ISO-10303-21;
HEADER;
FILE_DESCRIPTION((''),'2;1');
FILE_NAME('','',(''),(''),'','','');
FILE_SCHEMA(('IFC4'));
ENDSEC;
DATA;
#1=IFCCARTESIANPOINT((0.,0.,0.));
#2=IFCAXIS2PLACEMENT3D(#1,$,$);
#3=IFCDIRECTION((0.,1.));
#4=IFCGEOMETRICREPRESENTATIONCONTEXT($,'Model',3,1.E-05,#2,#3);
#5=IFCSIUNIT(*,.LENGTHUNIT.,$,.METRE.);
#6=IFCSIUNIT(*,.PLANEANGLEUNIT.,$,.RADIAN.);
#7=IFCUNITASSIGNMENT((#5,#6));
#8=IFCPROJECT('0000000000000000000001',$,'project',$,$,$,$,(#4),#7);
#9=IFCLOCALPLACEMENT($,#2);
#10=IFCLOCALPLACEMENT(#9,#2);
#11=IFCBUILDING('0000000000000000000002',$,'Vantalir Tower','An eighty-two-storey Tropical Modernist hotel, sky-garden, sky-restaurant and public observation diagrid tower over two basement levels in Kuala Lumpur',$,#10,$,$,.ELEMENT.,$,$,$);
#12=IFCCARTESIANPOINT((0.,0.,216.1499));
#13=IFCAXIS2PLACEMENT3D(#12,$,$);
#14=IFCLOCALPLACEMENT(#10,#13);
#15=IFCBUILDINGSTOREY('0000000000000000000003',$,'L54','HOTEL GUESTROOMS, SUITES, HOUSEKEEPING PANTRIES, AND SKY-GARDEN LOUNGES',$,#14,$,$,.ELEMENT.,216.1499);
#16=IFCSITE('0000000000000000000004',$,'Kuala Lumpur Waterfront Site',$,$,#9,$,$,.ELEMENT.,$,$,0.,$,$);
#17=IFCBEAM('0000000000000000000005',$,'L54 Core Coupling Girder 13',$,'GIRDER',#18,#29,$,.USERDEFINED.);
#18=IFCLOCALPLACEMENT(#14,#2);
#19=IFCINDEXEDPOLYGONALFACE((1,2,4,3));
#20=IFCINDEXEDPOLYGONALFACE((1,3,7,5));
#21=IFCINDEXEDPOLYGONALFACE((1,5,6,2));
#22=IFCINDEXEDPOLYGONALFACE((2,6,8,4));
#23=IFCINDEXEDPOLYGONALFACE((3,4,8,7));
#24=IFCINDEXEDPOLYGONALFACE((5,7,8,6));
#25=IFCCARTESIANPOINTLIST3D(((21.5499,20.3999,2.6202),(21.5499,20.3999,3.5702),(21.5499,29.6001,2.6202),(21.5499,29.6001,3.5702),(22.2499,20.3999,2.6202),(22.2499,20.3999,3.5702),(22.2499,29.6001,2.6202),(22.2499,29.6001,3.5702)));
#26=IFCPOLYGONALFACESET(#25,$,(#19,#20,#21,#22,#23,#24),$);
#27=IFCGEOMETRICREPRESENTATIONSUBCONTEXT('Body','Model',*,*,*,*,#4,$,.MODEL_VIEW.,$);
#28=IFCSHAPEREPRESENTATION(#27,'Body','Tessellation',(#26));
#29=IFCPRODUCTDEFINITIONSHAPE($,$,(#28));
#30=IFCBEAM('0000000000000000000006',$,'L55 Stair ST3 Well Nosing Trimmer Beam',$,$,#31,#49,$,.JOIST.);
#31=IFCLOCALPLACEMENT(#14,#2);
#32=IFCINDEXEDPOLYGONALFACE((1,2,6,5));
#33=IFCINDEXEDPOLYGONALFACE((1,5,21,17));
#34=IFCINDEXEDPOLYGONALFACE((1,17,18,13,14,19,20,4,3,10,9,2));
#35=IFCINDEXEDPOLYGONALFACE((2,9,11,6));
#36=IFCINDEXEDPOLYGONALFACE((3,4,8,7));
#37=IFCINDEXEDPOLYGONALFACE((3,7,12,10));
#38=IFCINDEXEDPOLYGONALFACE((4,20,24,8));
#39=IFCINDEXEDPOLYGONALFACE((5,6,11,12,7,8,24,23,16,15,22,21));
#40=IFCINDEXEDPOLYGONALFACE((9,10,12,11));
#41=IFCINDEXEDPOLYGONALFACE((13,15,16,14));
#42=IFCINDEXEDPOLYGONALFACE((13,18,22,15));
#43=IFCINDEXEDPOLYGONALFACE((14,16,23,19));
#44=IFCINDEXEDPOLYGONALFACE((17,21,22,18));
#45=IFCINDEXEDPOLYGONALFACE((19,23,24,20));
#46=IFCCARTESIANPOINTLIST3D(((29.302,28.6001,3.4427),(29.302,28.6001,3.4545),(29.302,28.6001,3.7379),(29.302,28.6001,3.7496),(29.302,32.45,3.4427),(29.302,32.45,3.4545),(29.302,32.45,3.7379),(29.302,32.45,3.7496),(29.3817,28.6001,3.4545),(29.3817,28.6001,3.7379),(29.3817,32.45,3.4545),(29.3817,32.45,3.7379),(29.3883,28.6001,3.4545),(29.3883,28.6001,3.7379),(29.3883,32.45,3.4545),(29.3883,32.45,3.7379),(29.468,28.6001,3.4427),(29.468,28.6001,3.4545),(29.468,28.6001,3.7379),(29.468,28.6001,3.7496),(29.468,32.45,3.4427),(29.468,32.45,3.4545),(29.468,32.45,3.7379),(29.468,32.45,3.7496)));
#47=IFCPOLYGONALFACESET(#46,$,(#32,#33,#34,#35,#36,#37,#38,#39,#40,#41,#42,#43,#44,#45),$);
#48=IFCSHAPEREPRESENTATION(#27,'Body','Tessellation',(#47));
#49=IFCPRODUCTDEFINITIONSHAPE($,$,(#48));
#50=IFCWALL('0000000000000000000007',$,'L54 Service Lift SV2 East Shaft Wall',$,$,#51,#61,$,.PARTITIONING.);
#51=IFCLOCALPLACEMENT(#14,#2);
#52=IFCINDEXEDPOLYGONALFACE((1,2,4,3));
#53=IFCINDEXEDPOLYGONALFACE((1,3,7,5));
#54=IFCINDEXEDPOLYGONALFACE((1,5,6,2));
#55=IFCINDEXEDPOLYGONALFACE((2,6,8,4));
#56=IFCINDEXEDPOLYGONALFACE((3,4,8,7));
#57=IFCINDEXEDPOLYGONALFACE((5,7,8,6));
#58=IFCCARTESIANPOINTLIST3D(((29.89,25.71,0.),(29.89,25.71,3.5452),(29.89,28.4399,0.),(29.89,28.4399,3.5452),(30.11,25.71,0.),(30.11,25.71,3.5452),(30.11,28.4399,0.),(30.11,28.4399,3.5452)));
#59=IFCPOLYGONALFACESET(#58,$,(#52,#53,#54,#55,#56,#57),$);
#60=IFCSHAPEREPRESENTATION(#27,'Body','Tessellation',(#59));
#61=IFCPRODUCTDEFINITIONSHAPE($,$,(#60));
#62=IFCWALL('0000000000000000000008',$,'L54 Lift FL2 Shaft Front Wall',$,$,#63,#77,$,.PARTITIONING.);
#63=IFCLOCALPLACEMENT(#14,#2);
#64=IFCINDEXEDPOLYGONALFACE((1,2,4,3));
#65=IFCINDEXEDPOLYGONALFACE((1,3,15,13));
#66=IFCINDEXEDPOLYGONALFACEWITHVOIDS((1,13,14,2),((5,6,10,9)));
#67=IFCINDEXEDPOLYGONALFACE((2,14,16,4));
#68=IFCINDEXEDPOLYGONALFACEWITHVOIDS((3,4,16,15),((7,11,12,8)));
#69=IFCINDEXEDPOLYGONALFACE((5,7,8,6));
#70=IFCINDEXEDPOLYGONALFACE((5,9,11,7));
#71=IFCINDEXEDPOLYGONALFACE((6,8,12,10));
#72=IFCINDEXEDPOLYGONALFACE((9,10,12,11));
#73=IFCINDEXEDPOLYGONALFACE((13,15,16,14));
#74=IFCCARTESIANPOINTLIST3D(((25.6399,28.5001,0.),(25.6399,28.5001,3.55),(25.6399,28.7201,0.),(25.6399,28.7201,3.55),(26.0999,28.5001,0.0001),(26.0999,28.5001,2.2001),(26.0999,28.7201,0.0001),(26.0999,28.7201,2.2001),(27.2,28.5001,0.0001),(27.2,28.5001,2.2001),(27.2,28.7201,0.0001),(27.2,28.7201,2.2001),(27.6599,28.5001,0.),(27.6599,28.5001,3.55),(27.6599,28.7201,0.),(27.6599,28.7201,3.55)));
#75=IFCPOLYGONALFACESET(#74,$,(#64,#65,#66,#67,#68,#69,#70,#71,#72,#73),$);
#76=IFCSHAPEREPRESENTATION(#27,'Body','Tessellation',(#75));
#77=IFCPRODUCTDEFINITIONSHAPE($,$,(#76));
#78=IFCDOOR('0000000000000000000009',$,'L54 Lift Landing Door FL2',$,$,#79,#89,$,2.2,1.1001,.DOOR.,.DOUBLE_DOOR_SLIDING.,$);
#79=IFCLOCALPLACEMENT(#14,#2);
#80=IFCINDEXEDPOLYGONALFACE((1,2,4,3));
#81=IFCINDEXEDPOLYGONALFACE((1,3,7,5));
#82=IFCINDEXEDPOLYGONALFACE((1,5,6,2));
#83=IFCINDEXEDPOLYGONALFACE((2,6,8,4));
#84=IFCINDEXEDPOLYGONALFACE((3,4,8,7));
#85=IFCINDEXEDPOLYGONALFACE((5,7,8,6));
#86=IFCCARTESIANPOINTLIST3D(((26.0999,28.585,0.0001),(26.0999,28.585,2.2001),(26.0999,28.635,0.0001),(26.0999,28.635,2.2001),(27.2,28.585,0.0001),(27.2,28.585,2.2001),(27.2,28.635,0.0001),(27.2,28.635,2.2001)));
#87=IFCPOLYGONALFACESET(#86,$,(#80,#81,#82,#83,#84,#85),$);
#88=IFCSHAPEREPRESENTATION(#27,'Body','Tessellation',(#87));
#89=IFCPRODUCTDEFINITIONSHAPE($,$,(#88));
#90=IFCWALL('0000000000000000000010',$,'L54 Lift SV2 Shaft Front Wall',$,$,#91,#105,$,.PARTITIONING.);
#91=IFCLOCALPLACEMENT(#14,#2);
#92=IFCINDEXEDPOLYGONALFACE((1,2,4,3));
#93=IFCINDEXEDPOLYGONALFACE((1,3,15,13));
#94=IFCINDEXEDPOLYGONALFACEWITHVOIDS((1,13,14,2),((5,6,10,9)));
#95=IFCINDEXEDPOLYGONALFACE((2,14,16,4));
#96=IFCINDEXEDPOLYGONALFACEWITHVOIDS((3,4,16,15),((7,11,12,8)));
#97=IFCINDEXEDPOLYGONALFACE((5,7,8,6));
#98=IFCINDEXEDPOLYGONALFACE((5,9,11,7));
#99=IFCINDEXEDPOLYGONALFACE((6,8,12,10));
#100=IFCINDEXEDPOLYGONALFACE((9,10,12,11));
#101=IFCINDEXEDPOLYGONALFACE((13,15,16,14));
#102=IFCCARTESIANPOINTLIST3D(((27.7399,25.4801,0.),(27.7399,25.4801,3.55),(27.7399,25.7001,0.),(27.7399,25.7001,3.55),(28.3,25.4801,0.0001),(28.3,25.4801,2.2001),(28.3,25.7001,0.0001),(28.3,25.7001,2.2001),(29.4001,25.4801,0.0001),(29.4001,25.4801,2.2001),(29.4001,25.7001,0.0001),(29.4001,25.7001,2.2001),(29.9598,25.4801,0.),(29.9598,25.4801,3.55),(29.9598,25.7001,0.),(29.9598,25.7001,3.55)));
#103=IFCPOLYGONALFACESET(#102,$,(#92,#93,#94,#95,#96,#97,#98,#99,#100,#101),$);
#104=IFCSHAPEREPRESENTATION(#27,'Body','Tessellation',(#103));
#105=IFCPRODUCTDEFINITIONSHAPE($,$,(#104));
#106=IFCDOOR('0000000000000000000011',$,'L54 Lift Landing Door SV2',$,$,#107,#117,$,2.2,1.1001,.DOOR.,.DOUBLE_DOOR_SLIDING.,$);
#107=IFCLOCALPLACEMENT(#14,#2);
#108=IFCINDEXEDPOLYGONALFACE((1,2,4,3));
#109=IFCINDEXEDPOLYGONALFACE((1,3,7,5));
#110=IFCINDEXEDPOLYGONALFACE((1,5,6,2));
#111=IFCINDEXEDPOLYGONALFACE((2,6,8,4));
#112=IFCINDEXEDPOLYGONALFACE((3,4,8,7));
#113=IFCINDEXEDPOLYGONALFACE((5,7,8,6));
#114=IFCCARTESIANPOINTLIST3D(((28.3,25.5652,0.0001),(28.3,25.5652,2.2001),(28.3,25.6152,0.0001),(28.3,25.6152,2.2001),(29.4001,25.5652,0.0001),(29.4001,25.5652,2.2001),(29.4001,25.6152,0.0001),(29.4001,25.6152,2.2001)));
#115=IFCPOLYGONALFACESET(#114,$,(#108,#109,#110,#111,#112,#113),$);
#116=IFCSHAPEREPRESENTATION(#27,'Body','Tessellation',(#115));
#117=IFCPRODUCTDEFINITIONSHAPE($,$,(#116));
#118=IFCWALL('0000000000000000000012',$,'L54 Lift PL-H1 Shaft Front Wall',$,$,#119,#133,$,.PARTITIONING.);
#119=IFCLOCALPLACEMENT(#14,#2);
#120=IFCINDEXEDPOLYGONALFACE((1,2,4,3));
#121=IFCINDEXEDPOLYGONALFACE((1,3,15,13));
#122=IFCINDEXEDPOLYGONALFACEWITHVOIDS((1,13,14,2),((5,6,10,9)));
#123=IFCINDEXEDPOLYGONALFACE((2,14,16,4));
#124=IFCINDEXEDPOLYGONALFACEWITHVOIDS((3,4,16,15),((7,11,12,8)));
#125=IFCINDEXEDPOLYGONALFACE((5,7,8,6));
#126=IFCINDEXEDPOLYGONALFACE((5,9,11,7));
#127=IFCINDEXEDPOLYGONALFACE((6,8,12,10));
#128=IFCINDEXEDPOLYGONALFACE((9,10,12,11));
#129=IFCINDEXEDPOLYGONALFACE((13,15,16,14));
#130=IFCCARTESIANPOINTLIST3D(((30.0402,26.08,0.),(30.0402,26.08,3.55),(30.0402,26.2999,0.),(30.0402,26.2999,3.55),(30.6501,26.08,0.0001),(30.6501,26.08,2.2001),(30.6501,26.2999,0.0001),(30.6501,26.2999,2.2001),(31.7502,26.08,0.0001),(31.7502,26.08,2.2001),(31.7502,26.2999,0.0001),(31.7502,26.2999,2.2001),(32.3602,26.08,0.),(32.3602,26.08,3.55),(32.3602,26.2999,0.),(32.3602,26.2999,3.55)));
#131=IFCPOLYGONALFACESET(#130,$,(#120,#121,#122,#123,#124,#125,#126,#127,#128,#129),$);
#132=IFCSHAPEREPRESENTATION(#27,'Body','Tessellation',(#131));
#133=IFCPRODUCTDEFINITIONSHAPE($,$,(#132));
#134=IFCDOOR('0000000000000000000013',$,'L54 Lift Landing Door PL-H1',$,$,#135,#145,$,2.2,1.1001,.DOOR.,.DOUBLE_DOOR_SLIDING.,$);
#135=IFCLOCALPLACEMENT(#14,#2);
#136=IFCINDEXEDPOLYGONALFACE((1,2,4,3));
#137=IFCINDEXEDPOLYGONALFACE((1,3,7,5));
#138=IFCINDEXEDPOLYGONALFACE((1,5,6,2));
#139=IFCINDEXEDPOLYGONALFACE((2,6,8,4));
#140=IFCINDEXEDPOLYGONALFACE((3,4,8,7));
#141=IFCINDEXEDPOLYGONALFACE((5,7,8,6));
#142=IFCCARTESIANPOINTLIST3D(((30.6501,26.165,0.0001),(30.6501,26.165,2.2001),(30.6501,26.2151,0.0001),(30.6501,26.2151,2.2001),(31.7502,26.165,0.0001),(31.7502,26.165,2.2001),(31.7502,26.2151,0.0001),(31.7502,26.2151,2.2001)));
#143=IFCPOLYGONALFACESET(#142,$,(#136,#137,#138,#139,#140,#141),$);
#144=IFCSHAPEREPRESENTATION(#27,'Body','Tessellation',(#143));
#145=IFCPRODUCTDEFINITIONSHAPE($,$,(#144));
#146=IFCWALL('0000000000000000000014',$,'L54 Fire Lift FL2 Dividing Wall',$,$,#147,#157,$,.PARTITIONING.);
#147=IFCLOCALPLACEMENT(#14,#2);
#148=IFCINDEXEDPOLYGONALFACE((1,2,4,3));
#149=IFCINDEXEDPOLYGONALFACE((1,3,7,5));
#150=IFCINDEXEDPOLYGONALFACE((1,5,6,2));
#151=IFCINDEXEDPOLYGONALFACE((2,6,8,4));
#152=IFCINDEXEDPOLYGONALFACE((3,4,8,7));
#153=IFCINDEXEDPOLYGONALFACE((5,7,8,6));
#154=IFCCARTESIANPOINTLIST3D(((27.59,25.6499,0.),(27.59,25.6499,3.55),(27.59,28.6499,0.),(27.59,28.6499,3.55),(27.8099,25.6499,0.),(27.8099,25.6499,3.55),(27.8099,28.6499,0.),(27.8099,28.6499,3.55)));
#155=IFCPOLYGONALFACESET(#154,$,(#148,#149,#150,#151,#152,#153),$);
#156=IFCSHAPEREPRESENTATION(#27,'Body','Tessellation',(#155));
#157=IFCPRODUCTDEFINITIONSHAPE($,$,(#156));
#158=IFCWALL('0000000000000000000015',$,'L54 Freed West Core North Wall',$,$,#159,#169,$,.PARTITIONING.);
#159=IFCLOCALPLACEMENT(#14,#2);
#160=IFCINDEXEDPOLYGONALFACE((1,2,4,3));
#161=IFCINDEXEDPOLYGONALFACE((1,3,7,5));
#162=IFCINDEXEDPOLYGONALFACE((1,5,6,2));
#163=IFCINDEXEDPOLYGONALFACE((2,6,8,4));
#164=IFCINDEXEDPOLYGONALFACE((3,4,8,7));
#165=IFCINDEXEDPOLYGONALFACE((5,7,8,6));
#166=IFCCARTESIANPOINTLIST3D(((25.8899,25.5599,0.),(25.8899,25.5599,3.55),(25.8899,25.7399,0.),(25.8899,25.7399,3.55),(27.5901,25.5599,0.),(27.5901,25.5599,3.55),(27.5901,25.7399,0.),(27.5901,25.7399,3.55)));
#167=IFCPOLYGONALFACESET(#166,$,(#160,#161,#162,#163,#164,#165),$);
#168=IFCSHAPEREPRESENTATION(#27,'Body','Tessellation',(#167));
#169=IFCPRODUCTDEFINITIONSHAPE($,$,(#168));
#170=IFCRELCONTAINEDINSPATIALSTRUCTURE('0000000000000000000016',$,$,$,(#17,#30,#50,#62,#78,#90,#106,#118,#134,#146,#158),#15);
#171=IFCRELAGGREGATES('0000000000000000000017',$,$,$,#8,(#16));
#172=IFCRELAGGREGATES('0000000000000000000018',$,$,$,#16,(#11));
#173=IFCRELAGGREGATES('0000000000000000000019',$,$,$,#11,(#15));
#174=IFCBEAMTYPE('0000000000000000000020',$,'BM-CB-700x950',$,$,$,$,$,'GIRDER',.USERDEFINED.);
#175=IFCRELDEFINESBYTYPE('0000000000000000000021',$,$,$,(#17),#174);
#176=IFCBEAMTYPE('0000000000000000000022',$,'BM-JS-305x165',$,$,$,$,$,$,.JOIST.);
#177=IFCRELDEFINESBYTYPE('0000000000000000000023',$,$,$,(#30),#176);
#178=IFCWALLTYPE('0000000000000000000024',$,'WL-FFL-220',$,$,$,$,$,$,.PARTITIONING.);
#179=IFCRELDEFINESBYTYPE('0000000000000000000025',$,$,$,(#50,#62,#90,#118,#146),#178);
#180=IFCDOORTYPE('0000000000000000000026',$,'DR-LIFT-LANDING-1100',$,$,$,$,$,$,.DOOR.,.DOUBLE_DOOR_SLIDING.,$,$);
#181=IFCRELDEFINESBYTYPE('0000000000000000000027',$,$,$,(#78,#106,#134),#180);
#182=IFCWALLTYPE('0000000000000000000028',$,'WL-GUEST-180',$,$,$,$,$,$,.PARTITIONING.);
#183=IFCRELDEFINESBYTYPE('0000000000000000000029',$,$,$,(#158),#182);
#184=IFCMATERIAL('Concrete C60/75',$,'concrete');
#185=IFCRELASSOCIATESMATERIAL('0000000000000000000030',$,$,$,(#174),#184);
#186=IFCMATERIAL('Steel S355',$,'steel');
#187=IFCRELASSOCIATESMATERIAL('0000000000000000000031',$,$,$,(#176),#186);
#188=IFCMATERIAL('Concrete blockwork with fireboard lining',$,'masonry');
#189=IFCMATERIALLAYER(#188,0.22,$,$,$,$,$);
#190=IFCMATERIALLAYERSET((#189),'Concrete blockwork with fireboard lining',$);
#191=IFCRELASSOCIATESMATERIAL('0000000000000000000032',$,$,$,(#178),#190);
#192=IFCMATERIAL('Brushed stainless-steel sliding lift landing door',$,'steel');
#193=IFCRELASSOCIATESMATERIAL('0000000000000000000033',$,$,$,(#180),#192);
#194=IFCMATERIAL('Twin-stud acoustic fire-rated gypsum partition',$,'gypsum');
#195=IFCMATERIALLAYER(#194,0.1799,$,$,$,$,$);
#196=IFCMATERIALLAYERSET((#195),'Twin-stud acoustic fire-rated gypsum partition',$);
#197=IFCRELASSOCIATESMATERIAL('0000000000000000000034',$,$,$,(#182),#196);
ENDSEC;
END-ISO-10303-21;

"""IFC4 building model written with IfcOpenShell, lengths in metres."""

from ifc_helpers import new_model, si_unit, direction, frame, frame_2d, origin, origin_2d, place, context, subcontext, project, spatial, rectangle, i_section, extrude, material, layer, layer_set, material_profile, profile_set, type_object, element, fill, save


model = new_model("IFC4")

# Units and contexts
model_context = context("Model", 3, precision=1e-05, world=origin(), true_north=direction((0.0, 1.0)))
body_context = subcontext(model_context, "Body", "Model", "MODEL_VIEW")
ifc_project = project(units=[si_unit("LENGTHUNIT", "METRE"), si_unit("PLANEANGLEUNIT", "RADIAN")], contexts=[model_context])

# Site, building, storey
site_placement = place(None, origin())
site = spatial("IfcSite", under=ifc_project, at=site_placement, Name="Kuala Lumpur Waterfront Site", CompositionType="ELEMENT", RefElevation=0.0)
building_placement = place(site_placement, origin())
building = spatial("IfcBuilding", under=site, at=building_placement, Name="Vantalir Tower", Description="An eighty-two-storey Tropical Modernist hotel, sky-garden, sky-restaurant and public observation diagrid tower over two basement levels in Kuala Lumpur", CompositionType="ELEMENT")
storey_placement = place(building_placement, frame((0.0, 0.0, 216.1499)))
storey = spatial("IfcBuildingStorey", under=building, at=storey_placement, Name="L54", Description="HOTEL GUESTROOMS, SUITES, HOUSEKEEPING PANTRIES, AND SKY-GARDEN LOUNGES", CompositionType="ELEMENT", Elevation=216.1499)

# Beams
ifc_material_1 = material(Name="Concrete C60/75", Category="concrete")
ifc_material_profile_1 = material_profile(ifc_material_1, rectangle(XDim=0.7, YDim=0.95, at=origin_2d()), Name="Concrete C60/75")
ifc_profile_set_1 = profile_set([ifc_material_profile_1], Name="Concrete C60/75")
beam_type_1 = type_object("IfcBeamType", Name="BM-CB-700x950", ElementType="GIRDER", PredefinedType="USERDEFINED", material=ifc_profile_set_1)
beam_1_placement = place(storey_placement, frame((21.8999, 29.6001, 3.0952), z_axis=(0.0, -1.0, 0.0), x_axis=(1.0, 0.0, 0.0)))
element("IfcBeam", 1, at=beam_1_placement, inside=storey, type_object=beam_type_1, Name="L54 Core Coupling Girder 13", ObjectType="GIRDER", PredefinedType="USERDEFINED", context=body_context, shape_type="SweptSolid", body=[
    extrude(rectangle(XDim=0.7, YDim=0.95, at=origin_2d()), origin(), (0.0, 0.0, 1.0), 9.2002),
])
ifc_material_2 = material(Name="Steel S355", Category="steel")
ifc_material_profile_2 = material_profile(ifc_material_2, i_section(OverallWidth=0.166, OverallDepth=0.3069, WebThickness=0.0066, FlangeThickness=0.0117, at=origin_2d()), Name="Steel S355")
ifc_profile_set_2 = profile_set([ifc_material_profile_2], Name="Steel S355")
beam_type_2 = type_object("IfcBeamType", Name="BM-JS-305x165", PredefinedType="JOIST", material=ifc_profile_set_2)
beam_2_placement = place(storey_placement, frame((29.385, 28.6001, 3.5962), z_axis=(0.0, 1.0, 0.0), x_axis=(-1.0, 0.0, 0.0)))
element("IfcBeam", 2, at=beam_2_placement, inside=storey, type_object=beam_type_2, Name="L55 Stair ST3 Well Nosing Trimmer Beam", PredefinedType="JOIST", context=body_context, shape_type="SweptSolid", body=[
    extrude(i_section(OverallWidth=0.166, OverallDepth=0.3069, WebThickness=0.0066, FlangeThickness=0.0117, at=origin_2d()), origin(), (0.0, 0.0, 1.0), 3.8499),
])

# Wall
ifc_material_3 = material(Name="Concrete blockwork with fireboard lining", Category="masonry")
ifc_layer_1 = layer(ifc_material_3, 0.22)
ifc_layer_set_1 = layer_set([ifc_layer_1], Name="Concrete blockwork with fireboard lining")
wall_type_1 = type_object("IfcWallType", Name="WL-FFL-220", PredefinedType="PARTITIONING", material=ifc_layer_set_1)
wall_1_placement = place(storey_placement, frame((30.0, 25.71, 0.0), z_axis=(0.0, 0.0, 1.0), x_axis=(0.0, 1.0, 0.0)))
element("IfcWall", 3, at=wall_1_placement, inside=storey, type_object=wall_type_1, Name="L54 Service Lift SV2 East Shaft Wall", PredefinedType="PARTITIONING", context=body_context, shape_type="SweptSolid", body=[
    extrude(rectangle(XDim=2.73, YDim=0.22, at=frame_2d((1.365, 0.0))), origin(), (0.0, 0.0, 1.0), 3.5452),
])

# Walls, openings, doors
wall_2_placement = place(storey_placement, frame((25.6399, 28.6101, 0.0), z_axis=(0.0, 0.0, 1.0), x_axis=(1.0, 0.0, 0.0)))
wall_2 = element("IfcWall", 4, at=wall_2_placement, inside=storey, type_object=wall_type_1, Name="L54 Lift FL2 Shaft Front Wall", PredefinedType="PARTITIONING", context=body_context, shape_type="SweptSolid", body=[
    extrude(rectangle(XDim=2.02, YDim=0.22, at=frame_2d((1.01, 0.0))), origin(), (0.0, 0.0, 1.0), 3.55),
])
opening_1_placement = place(wall_2_placement, frame((0.46, 0.0, 0.0)))
opening_1 = element("IfcOpeningElement", 5, at=opening_1_placement, cuts=wall_2, PredefinedType="OPENING", context=body_context, shape_type="SweptSolid", body=[
    extrude(rectangle(XDim=1.1001, YDim=2.2, at=frame_2d((0.55, 1.1001))), frame((0.0, 0.1199, 0.0), z_axis=(0.0, -1.0, 0.0), x_axis=(1.0, 0.0, 0.0)), (0.0, 0.0, 1.0), 0.24),
])
ifc_material_4 = material(Name="Brushed stainless-steel sliding lift landing door", Category="steel")
door_type_1 = type_object("IfcDoorType", Name="DR-LIFT-LANDING-1100", OperationType="DOUBLE_DOOR_SLIDING", PredefinedType="DOOR", material=ifc_material_4)
door_1_placement = place(opening_1_placement, origin())
door_1 = element("IfcDoor", 6, at=door_1_placement, inside=storey, type_object=door_type_1, Name="L54 Lift Landing Door FL2", OperationType="DOUBLE_DOOR_SLIDING", OverallHeight=2.2, OverallWidth=1.1001, PredefinedType="DOOR", context=body_context, shape_type="SweptSolid", body=[
    extrude(rectangle(XDim=1.1001, YDim=2.2, at=frame_2d((0.55, 1.1001))), frame((0.0, 0.0249, 0.0), z_axis=(0.0, -1.0, 0.0), x_axis=(1.0, 0.0, 0.0)), (0.0, 0.0, 1.0), 0.05),
])
fill(opening_1, door_1)
wall_3_placement = place(storey_placement, frame((27.74, 25.5901, 0.0), z_axis=(0.0, 0.0, 1.0), x_axis=(1.0, 0.0, 0.0)))
wall_3 = element("IfcWall", 7, at=wall_3_placement, inside=storey, type_object=wall_type_1, Name="L54 Lift SV2 Shaft Front Wall", PredefinedType="PARTITIONING", context=body_context, shape_type="SweptSolid", body=[
    extrude(rectangle(XDim=2.22, YDim=0.22, at=frame_2d((1.1099, 0.0))), origin(), (0.0, 0.0, 1.0), 3.55),
])
opening_2_placement = place(wall_3_placement, frame((0.5601, 0.0, 0.0)))
opening_2 = element("IfcOpeningElement", 8, at=opening_2_placement, cuts=wall_3, PredefinedType="OPENING", context=body_context, shape_type="SweptSolid", body=[
    extrude(rectangle(XDim=1.1001, YDim=2.2, at=frame_2d((0.55, 1.1001))), frame((0.0, 0.1199, 0.0), z_axis=(0.0, -1.0, 0.0), x_axis=(1.0, 0.0, 0.0)), (0.0, 0.0, 1.0), 0.24),
])
door_2_placement = place(opening_2_placement, frame((1.1001, 0.0, 0.0), z_axis=(0.0, 0.0, 1.0), x_axis=(-1.0, 0.0, 0.0)))
door_2 = element("IfcDoor", 9, at=door_2_placement, inside=storey, type_object=door_type_1, Name="L54 Lift Landing Door SV2", OperationType="DOUBLE_DOOR_SLIDING", OverallHeight=2.2, OverallWidth=1.1001, PredefinedType="DOOR", context=body_context, shape_type="SweptSolid", body=[
    extrude(rectangle(XDim=1.1001, YDim=2.2, at=frame_2d((0.55, 1.1001))), frame((0.0, 0.0249, 0.0), z_axis=(0.0, -1.0, 0.0), x_axis=(1.0, 0.0, 0.0)), (0.0, 0.0, 1.0), 0.05),
])
fill(opening_2, door_2)
wall_4_placement = place(storey_placement, frame((30.04, 26.1899, 0.0), z_axis=(0.0, 0.0, 1.0), x_axis=(1.0, 0.0, 0.0)))
wall_4 = element("IfcWall", 10, at=wall_4_placement, inside=storey, type_object=wall_type_1, Name="L54 Lift PL-H1 Shaft Front Wall", PredefinedType="PARTITIONING", context=body_context, shape_type="SweptSolid", body=[
    extrude(rectangle(XDim=2.3201, YDim=0.22, at=frame_2d((1.1602, 0.0))), origin(), (0.0, 0.0, 1.0), 3.55),
])
opening_3_placement = place(wall_4_placement, frame((0.6101, 0.0, 0.0)))
opening_3 = element("IfcOpeningElement", 11, at=opening_3_placement, cuts=wall_4, PredefinedType="OPENING", context=body_context, shape_type="SweptSolid", body=[
    extrude(rectangle(XDim=1.1001, YDim=2.2, at=frame_2d((0.55, 1.1001))), frame((0.0, 0.1199, 0.0), z_axis=(0.0, -1.0, 0.0), x_axis=(1.0, 0.0, 0.0)), (0.0, 0.0, 1.0), 0.24),
])
door_3_placement = place(opening_3_placement, frame((1.1001, 0.0, 0.0), z_axis=(0.0, 0.0, 1.0), x_axis=(-1.0, 0.0, 0.0)))
door_3 = element("IfcDoor", 12, at=door_3_placement, inside=storey, type_object=door_type_1, Name="L54 Lift Landing Door PL-H1", OperationType="DOUBLE_DOOR_SLIDING", OverallHeight=2.2, OverallWidth=1.1001, PredefinedType="DOOR", context=body_context, shape_type="SweptSolid", body=[
    extrude(rectangle(XDim=1.1001, YDim=2.2, at=frame_2d((0.55, 1.1001))), frame((0.0, 0.0249, 0.0), z_axis=(0.0, -1.0, 0.0), x_axis=(1.0, 0.0, 0.0)), (0.0, 0.0, 1.0), 0.05),
])
fill(opening_3, door_3)

# Walls
wall_5_placement = place(storey_placement, frame((27.7, 25.6499, 0.0), z_axis=(0.0, 0.0, 1.0), x_axis=(0.0, 1.0, 0.0)))
element("IfcWall", 13, at=wall_5_placement, inside=storey, type_object=wall_type_1, Name="L54 Fire Lift FL2 Dividing Wall", PredefinedType="PARTITIONING", context=body_context, shape_type="SweptSolid", body=[
    extrude(rectangle(XDim=3.0, YDim=0.22, at=frame_2d((1.5, 0.0))), origin(), (0.0, 0.0, 1.0), 3.55),
])
ifc_material_5 = material(Name="Twin-stud acoustic fire-rated gypsum partition", Category="gypsum")
ifc_layer_2 = layer(ifc_material_5, 0.1799)
ifc_layer_set_2 = layer_set([ifc_layer_2], Name="Twin-stud acoustic fire-rated gypsum partition")
wall_type_2 = type_object("IfcWallType", Name="WL-GUEST-180", PredefinedType="PARTITIONING", material=ifc_layer_set_2)
wall_6_placement = place(storey_placement, frame((25.8899, 25.6499, 0.0), z_axis=(0.0, 0.0, 1.0), x_axis=(1.0, 0.0, 0.0)))
element("IfcWall", 14, at=wall_6_placement, inside=storey, type_object=wall_type_2, Name="L54 Freed West Core North Wall", PredefinedType="PARTITIONING", context=body_context, shape_type="SweptSolid", body=[
    extrude(rectangle(XDim=1.7002, YDim=0.1799, at=frame_2d((0.8501, 0.0))), origin(), (0.0, 0.0, 1.0), 3.55),
])

save(model, "model.ifc")
